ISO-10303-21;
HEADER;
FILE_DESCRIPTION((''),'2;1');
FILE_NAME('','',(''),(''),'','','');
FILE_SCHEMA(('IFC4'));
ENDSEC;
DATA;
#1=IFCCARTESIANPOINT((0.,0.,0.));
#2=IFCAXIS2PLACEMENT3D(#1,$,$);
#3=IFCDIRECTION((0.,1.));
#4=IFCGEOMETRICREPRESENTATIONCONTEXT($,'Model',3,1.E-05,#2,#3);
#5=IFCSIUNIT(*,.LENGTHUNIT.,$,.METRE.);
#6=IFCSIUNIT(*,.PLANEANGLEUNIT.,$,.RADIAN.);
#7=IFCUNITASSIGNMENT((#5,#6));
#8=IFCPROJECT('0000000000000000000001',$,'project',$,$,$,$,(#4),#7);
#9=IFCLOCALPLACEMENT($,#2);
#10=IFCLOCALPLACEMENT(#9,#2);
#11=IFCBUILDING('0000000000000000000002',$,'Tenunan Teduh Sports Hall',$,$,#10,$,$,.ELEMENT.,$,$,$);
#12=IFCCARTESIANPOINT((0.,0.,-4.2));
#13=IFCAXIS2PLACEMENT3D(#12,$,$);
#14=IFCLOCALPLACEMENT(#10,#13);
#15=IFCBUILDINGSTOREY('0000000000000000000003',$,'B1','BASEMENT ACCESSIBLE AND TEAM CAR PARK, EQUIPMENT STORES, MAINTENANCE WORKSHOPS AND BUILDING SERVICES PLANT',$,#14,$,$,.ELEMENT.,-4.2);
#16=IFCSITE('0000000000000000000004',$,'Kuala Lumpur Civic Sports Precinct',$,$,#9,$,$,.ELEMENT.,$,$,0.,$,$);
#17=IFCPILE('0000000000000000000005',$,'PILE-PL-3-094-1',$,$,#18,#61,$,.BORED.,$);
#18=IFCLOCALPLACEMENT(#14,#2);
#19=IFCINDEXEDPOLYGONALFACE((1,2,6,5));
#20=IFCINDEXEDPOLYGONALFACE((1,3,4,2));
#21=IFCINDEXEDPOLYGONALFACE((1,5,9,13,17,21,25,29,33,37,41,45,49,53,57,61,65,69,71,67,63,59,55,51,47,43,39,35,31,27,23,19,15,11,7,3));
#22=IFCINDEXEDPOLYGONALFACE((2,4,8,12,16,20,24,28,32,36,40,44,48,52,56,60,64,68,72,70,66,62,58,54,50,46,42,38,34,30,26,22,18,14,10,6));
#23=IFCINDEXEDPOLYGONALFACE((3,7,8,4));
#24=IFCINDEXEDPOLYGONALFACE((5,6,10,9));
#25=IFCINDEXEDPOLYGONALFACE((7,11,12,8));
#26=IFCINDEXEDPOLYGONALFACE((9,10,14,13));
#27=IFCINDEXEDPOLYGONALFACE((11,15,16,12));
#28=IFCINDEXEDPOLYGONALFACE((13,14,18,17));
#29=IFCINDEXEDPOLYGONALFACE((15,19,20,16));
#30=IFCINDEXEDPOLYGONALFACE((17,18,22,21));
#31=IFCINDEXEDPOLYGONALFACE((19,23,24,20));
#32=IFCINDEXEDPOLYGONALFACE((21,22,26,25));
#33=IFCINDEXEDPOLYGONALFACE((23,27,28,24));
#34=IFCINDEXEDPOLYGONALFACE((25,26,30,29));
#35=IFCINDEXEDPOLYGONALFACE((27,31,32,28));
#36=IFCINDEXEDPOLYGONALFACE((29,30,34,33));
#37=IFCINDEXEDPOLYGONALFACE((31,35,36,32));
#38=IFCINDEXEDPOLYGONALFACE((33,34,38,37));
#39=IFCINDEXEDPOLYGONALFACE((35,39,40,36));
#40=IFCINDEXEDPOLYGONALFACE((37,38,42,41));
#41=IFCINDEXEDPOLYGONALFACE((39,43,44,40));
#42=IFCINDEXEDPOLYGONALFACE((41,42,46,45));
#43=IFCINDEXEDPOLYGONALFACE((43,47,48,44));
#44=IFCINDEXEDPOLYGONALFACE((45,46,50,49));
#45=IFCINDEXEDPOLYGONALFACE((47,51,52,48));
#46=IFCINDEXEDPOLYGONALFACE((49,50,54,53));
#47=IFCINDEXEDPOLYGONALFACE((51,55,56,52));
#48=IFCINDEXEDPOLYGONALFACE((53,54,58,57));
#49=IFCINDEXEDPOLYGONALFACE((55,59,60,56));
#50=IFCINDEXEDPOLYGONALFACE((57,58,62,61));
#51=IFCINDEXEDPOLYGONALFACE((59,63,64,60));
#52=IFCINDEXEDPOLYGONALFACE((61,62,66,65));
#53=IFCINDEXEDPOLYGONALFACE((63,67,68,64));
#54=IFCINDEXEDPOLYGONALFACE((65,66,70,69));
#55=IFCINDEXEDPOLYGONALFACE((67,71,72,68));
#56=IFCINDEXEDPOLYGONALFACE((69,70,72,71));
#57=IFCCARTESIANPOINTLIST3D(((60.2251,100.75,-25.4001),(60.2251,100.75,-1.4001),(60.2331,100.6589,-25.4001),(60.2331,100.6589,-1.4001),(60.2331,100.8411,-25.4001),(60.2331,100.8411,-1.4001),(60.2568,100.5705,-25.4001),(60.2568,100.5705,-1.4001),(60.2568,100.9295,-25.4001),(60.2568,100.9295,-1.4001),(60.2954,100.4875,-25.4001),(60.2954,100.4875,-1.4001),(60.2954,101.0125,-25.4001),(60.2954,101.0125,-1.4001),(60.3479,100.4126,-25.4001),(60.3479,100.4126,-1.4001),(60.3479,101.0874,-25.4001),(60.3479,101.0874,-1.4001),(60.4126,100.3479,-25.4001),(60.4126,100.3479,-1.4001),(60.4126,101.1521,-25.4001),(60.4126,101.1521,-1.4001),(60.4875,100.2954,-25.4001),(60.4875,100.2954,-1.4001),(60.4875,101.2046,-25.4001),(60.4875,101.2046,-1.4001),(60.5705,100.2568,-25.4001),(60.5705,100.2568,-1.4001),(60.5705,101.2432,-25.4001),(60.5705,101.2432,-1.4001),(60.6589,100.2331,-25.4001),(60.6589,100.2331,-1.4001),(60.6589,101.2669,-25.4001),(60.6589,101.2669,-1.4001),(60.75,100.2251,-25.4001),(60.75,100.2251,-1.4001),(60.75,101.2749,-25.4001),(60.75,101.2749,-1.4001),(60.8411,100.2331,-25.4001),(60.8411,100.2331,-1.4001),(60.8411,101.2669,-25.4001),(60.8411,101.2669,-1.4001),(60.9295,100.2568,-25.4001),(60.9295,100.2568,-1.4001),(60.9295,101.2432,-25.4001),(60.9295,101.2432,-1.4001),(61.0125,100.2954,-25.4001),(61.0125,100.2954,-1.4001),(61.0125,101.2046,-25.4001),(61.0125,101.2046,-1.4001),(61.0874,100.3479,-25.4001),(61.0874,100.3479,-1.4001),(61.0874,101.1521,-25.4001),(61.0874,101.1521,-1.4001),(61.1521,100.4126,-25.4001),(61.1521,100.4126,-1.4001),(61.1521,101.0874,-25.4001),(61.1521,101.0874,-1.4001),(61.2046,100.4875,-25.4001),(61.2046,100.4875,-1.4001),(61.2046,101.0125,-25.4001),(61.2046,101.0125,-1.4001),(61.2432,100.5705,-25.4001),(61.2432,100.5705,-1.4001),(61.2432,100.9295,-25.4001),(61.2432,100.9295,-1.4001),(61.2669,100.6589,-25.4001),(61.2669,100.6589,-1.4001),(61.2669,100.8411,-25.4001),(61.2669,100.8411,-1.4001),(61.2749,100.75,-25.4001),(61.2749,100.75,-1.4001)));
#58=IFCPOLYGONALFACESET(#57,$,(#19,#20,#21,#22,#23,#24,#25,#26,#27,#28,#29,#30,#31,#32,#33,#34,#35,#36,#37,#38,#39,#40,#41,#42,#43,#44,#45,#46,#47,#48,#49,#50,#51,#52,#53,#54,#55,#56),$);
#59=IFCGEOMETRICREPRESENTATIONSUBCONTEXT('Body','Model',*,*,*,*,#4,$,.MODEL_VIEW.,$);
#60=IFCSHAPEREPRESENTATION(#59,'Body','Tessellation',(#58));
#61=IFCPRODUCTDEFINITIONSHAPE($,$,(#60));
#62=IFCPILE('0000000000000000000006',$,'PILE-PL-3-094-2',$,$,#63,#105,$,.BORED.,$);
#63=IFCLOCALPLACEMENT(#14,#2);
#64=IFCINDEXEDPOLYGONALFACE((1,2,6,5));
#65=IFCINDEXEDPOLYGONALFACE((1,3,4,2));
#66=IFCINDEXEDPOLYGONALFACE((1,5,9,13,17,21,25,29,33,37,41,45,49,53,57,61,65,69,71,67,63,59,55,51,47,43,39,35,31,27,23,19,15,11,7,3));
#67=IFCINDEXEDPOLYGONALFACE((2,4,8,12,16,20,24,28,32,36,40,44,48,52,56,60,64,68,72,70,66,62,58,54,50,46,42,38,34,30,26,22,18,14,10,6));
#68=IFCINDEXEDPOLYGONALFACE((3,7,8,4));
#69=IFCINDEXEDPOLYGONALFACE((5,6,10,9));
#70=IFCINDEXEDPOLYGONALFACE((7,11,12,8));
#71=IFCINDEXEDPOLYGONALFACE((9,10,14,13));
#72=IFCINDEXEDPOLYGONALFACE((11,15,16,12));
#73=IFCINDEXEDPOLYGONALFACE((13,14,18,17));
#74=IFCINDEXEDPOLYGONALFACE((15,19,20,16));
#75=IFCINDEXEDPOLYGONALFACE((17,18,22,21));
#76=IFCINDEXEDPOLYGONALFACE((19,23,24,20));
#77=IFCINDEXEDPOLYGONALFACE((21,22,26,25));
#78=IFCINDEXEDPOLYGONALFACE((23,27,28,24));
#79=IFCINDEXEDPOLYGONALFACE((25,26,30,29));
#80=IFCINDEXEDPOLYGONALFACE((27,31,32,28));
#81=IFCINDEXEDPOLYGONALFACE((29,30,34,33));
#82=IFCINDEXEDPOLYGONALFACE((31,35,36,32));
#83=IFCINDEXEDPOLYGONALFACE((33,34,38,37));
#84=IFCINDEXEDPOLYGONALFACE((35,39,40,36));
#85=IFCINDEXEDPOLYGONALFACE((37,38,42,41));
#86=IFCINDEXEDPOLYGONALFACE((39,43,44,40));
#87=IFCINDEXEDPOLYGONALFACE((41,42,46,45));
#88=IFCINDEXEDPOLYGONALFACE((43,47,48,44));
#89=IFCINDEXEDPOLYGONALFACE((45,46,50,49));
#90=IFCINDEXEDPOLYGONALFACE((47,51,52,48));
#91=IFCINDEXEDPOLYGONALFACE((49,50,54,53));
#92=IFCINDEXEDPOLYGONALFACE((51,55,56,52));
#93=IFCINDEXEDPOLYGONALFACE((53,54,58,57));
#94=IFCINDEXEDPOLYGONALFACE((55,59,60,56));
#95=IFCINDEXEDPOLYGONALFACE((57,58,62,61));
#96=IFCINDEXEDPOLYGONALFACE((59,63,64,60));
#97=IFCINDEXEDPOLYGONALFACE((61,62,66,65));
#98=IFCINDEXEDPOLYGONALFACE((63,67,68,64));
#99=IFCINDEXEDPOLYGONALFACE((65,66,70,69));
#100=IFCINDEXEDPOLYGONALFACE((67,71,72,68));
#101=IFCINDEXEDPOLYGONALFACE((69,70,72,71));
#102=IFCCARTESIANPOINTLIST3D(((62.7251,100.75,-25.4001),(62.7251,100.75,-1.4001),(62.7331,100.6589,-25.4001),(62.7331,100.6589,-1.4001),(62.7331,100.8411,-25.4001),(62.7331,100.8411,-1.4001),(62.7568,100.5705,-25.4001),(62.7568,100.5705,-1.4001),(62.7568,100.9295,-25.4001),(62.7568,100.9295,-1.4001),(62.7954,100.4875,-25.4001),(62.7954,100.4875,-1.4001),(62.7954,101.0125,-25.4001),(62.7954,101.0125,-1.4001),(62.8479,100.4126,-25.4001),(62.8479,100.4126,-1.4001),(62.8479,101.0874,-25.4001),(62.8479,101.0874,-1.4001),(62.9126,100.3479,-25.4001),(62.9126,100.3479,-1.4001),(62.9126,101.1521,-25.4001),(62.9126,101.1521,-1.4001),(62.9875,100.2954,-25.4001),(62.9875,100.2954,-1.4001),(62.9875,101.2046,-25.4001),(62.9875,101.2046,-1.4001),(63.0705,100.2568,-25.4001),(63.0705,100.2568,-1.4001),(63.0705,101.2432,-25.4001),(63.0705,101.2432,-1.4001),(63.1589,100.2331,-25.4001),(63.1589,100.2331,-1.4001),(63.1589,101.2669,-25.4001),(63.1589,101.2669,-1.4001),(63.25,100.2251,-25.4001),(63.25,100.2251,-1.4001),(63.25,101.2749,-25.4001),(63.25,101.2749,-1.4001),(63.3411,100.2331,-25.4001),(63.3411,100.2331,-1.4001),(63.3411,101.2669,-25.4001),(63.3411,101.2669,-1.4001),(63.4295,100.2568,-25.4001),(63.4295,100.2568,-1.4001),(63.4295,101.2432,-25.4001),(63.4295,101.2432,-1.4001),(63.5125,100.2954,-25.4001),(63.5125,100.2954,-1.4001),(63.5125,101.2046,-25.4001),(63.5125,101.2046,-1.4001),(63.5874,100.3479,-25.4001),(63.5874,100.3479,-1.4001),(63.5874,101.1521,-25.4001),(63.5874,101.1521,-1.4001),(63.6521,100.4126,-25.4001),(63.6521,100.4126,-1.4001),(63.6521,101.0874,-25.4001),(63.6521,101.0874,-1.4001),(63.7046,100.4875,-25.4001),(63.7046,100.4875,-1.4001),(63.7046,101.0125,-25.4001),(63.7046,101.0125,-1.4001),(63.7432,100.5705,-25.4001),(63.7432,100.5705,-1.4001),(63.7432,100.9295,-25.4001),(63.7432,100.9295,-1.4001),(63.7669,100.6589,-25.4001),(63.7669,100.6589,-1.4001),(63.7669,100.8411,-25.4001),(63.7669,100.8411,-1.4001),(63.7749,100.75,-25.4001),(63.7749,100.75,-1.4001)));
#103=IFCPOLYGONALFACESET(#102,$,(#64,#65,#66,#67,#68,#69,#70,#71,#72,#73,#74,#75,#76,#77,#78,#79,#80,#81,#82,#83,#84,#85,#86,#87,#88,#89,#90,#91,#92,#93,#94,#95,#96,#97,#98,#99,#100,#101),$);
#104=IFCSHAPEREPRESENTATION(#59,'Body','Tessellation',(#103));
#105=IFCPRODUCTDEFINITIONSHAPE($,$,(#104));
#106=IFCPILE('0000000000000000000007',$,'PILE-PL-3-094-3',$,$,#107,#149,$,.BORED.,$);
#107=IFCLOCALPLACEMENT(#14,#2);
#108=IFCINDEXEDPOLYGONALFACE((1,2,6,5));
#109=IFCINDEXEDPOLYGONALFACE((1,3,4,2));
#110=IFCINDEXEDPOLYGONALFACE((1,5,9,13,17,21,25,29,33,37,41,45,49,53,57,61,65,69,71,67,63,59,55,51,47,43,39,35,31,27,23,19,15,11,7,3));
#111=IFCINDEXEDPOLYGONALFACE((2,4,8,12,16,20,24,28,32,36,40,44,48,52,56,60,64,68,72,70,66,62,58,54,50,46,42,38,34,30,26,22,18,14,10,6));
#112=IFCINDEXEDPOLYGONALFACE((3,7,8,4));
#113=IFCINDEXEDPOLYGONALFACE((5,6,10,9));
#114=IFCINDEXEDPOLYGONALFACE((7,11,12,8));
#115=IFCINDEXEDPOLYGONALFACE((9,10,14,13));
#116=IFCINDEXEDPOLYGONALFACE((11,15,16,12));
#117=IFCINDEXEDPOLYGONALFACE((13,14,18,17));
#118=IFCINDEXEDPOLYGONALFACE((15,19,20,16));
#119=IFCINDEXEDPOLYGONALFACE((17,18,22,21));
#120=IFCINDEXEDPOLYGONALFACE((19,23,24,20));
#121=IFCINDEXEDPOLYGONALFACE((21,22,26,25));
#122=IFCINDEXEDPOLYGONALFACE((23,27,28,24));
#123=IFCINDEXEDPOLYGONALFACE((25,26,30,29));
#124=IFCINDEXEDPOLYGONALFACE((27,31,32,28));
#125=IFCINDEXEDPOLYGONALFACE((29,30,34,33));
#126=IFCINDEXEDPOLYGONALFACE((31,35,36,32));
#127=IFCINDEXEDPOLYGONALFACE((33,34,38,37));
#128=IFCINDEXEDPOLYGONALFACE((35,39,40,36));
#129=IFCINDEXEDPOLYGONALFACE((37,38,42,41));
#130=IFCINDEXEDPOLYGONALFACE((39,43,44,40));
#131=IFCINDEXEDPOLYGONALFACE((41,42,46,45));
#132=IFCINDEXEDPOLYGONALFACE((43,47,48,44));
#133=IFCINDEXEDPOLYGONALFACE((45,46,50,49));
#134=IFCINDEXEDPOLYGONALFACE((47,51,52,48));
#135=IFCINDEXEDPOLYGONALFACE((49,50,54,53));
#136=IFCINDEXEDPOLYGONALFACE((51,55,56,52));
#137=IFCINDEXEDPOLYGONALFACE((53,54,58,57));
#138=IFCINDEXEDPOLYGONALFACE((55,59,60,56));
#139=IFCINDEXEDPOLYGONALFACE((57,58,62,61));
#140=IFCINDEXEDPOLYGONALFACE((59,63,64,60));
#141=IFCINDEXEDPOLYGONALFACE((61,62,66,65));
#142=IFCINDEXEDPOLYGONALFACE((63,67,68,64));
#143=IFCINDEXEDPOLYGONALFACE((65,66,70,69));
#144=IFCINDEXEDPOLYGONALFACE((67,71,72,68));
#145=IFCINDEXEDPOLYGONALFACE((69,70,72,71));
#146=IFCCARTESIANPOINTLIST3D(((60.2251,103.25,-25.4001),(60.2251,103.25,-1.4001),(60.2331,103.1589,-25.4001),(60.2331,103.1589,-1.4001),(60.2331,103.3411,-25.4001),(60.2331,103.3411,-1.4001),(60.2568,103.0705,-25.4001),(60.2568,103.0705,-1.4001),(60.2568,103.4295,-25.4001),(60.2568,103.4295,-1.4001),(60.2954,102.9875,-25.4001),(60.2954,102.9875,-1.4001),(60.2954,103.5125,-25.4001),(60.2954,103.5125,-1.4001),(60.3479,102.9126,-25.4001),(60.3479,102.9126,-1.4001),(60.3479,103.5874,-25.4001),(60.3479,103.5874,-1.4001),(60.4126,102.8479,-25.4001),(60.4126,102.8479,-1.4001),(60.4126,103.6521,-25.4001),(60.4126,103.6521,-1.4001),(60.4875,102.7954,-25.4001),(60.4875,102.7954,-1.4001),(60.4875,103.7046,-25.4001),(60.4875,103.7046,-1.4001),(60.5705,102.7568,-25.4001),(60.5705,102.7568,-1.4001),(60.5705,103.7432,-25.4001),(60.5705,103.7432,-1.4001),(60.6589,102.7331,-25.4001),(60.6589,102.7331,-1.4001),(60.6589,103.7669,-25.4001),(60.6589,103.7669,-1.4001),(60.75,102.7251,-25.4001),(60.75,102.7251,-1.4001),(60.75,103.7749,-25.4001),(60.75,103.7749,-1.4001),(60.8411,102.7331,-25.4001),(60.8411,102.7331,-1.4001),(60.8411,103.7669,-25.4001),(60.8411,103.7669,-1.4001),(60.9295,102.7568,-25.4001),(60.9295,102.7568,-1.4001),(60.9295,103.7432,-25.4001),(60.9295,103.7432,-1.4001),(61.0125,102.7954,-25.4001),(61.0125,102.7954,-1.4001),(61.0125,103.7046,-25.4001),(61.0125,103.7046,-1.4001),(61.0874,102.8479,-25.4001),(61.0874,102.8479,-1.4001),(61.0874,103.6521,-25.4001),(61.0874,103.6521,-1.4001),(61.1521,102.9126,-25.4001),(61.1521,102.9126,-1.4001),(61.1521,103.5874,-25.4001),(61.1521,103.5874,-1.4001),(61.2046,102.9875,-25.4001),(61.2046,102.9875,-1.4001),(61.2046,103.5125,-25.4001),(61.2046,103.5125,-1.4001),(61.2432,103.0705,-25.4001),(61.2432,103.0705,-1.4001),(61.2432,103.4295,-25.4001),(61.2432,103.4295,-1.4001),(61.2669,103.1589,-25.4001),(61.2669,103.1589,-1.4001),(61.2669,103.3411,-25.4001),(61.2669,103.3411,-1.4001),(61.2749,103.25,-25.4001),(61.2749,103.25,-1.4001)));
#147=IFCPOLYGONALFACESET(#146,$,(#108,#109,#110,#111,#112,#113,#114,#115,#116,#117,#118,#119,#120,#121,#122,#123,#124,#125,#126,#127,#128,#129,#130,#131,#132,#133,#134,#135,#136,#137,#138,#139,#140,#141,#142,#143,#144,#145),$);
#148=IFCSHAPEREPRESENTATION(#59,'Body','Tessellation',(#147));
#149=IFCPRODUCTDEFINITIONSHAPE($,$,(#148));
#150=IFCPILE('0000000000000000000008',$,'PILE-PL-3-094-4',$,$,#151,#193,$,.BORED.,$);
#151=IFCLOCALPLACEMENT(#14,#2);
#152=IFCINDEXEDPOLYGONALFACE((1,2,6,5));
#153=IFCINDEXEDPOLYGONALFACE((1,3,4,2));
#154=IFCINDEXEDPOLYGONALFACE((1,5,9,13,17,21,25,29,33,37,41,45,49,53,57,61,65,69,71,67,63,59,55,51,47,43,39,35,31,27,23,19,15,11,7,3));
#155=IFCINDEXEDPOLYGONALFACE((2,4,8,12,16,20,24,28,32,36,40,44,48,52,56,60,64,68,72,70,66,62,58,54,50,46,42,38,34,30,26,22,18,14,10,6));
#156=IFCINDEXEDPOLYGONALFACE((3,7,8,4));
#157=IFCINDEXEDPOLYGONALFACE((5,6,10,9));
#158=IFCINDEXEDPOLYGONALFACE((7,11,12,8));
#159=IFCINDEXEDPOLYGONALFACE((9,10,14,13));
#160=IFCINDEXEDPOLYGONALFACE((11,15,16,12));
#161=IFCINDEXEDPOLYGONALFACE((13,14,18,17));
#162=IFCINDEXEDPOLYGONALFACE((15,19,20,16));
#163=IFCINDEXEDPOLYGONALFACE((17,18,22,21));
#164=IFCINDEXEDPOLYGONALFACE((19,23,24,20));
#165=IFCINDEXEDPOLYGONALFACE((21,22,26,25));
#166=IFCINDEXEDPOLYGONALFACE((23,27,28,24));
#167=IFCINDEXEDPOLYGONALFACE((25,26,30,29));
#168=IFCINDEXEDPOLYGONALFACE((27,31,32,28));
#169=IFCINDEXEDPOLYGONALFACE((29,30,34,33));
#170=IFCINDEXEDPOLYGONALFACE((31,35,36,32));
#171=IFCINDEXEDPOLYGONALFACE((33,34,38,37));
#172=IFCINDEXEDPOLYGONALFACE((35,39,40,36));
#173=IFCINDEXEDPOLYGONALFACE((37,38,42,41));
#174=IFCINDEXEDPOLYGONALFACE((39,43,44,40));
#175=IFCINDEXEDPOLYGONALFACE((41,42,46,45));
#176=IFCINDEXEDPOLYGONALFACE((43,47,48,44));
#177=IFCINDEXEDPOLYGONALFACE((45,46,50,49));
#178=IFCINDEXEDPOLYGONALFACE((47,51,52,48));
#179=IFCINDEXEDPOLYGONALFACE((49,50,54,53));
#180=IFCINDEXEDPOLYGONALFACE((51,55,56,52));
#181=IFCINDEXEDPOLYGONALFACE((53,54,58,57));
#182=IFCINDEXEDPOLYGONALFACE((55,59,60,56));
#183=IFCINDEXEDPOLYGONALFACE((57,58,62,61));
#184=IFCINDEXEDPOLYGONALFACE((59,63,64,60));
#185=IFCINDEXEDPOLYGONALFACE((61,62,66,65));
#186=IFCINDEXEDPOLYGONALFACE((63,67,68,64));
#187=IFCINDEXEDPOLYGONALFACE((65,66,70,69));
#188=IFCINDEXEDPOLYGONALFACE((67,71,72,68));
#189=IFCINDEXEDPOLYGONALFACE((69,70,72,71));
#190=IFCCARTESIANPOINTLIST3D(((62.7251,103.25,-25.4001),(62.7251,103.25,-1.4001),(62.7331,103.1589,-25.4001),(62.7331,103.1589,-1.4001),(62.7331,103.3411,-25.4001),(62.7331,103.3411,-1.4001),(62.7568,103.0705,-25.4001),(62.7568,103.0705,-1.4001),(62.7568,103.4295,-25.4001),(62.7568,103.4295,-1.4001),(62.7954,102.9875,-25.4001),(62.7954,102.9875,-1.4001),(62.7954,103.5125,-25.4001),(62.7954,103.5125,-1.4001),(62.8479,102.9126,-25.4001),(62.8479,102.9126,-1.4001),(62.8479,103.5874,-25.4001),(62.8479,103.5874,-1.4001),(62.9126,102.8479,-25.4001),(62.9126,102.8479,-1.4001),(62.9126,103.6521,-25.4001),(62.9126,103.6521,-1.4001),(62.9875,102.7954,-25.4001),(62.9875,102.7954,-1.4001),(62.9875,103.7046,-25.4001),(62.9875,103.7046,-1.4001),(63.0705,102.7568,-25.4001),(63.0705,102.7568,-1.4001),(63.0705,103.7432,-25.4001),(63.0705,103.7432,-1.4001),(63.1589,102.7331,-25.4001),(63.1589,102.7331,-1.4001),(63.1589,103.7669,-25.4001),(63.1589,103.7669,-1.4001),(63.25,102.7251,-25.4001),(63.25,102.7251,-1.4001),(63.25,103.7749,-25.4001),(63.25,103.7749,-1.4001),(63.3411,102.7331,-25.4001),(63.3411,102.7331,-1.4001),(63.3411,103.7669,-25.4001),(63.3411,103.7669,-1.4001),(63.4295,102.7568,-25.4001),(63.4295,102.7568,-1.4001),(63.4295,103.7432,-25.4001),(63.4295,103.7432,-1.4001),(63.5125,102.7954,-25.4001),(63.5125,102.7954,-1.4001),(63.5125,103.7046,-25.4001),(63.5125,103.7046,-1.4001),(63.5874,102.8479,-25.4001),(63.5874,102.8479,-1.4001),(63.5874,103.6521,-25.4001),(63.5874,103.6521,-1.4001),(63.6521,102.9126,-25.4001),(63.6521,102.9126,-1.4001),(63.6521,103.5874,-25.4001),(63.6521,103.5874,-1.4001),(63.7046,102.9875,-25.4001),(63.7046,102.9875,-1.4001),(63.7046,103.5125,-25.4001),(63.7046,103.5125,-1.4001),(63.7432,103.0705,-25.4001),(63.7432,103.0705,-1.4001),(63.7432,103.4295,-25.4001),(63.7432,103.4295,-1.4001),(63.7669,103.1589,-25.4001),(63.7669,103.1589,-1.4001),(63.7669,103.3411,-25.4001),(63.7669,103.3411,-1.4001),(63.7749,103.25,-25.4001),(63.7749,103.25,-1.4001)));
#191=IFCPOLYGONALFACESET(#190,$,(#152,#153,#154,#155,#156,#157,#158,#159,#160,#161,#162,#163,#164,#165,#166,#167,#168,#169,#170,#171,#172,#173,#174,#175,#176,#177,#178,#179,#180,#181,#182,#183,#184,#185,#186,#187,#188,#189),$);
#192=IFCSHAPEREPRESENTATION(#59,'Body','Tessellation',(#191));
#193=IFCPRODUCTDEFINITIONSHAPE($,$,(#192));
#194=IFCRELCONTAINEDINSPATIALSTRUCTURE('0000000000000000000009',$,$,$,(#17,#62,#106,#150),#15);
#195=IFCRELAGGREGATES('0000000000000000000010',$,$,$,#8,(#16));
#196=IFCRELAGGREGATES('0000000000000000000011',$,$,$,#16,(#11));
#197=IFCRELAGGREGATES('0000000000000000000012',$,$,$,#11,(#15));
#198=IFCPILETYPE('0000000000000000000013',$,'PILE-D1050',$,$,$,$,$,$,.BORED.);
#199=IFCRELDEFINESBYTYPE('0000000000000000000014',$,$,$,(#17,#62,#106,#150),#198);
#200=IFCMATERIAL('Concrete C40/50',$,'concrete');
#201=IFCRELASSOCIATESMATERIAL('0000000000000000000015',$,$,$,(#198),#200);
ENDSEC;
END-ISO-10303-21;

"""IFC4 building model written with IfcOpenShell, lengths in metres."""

from ifc_helpers import new_model, si_unit, direction, frame, origin, origin_2d, place, context, subcontext, project, spatial, circle, extrude, material, material_profile, profile_set, type_object, element, save


model = new_model("IFC4")

# Units and contexts
model_context = context("Model", 3, precision=1e-05, world=origin(), true_north=direction((0.0, 1.0)))
body_context = subcontext(model_context, "Body", "Model", "MODEL_VIEW")
ifc_project = project(units=[si_unit("LENGTHUNIT", "METRE"), si_unit("PLANEANGLEUNIT", "RADIAN")], contexts=[model_context])

# Site, building, storey
site_placement = place(None, origin())
site = spatial("IfcSite", under=ifc_project, at=site_placement, Name="Kuala Lumpur Civic Sports Precinct", CompositionType="ELEMENT", RefElevation=0.0)
building_placement = place(site_placement, origin())
building = spatial("IfcBuilding", under=site, at=building_placement, Name="Tenunan Teduh Sports Hall", CompositionType="ELEMENT")
storey_placement = place(building_placement, frame((0.0, 0.0, -4.2)))
storey = spatial("IfcBuildingStorey", under=building, at=storey_placement, Name="B1", Description="BASEMENT ACCESSIBLE AND TEAM CAR PARK, EQUIPMENT STORES, MAINTENANCE WORKSHOPS AND BUILDING SERVICES PLANT", CompositionType="ELEMENT", Elevation=-4.2)

# Piles
ifc_material_1 = material(Name="Concrete C40/50", Category="concrete")
ifc_material_profile_1 = material_profile(ifc_material_1, circle(Radius=0.5249, at=origin_2d()), Name="PILE D1050")
ifc_profile_set_1 = profile_set([ifc_material_profile_1], Name="Concrete C40/50")
pile_type = type_object("IfcPileType", Name="PILE-D1050", PredefinedType="BORED", material=ifc_profile_set_1)
for number, where, z_axis, x_axis, name in (
    (1, (60.75, 100.75, -1.4001), (0.0, 0.0, -1.0), (1.0, 0.0, 0.0), "PILE-PL-3-094-1"),
    (2, (63.25, 100.75, -1.4001), (0.0, 0.0, -1.0), (1.0, 0.0, 0.0), "PILE-PL-3-094-2"),
    (3, (60.75, 103.25, -1.4001), (0.0, 0.0, -1.0), (1.0, 0.0, 0.0), "PILE-PL-3-094-3"),
    (4, (63.25, 103.25, -1.4001), (0.0, 0.0, -1.0), (1.0, 0.0, 0.0), "PILE-PL-3-094-4"),
):
    element("IfcPile", number, at=place(storey_placement, frame(where, z_axis=z_axis, x_axis=x_axis)), inside=storey, type_object=pile_type, Name=name, PredefinedType="BORED", context=body_context, shape_type="SweptSolid", body=[
        extrude(circle(Radius=0.5249, at=origin_2d()), origin(), (0.0, 0.0, 1.0), 24.0),
    ])

save(model, "model.ifc")
